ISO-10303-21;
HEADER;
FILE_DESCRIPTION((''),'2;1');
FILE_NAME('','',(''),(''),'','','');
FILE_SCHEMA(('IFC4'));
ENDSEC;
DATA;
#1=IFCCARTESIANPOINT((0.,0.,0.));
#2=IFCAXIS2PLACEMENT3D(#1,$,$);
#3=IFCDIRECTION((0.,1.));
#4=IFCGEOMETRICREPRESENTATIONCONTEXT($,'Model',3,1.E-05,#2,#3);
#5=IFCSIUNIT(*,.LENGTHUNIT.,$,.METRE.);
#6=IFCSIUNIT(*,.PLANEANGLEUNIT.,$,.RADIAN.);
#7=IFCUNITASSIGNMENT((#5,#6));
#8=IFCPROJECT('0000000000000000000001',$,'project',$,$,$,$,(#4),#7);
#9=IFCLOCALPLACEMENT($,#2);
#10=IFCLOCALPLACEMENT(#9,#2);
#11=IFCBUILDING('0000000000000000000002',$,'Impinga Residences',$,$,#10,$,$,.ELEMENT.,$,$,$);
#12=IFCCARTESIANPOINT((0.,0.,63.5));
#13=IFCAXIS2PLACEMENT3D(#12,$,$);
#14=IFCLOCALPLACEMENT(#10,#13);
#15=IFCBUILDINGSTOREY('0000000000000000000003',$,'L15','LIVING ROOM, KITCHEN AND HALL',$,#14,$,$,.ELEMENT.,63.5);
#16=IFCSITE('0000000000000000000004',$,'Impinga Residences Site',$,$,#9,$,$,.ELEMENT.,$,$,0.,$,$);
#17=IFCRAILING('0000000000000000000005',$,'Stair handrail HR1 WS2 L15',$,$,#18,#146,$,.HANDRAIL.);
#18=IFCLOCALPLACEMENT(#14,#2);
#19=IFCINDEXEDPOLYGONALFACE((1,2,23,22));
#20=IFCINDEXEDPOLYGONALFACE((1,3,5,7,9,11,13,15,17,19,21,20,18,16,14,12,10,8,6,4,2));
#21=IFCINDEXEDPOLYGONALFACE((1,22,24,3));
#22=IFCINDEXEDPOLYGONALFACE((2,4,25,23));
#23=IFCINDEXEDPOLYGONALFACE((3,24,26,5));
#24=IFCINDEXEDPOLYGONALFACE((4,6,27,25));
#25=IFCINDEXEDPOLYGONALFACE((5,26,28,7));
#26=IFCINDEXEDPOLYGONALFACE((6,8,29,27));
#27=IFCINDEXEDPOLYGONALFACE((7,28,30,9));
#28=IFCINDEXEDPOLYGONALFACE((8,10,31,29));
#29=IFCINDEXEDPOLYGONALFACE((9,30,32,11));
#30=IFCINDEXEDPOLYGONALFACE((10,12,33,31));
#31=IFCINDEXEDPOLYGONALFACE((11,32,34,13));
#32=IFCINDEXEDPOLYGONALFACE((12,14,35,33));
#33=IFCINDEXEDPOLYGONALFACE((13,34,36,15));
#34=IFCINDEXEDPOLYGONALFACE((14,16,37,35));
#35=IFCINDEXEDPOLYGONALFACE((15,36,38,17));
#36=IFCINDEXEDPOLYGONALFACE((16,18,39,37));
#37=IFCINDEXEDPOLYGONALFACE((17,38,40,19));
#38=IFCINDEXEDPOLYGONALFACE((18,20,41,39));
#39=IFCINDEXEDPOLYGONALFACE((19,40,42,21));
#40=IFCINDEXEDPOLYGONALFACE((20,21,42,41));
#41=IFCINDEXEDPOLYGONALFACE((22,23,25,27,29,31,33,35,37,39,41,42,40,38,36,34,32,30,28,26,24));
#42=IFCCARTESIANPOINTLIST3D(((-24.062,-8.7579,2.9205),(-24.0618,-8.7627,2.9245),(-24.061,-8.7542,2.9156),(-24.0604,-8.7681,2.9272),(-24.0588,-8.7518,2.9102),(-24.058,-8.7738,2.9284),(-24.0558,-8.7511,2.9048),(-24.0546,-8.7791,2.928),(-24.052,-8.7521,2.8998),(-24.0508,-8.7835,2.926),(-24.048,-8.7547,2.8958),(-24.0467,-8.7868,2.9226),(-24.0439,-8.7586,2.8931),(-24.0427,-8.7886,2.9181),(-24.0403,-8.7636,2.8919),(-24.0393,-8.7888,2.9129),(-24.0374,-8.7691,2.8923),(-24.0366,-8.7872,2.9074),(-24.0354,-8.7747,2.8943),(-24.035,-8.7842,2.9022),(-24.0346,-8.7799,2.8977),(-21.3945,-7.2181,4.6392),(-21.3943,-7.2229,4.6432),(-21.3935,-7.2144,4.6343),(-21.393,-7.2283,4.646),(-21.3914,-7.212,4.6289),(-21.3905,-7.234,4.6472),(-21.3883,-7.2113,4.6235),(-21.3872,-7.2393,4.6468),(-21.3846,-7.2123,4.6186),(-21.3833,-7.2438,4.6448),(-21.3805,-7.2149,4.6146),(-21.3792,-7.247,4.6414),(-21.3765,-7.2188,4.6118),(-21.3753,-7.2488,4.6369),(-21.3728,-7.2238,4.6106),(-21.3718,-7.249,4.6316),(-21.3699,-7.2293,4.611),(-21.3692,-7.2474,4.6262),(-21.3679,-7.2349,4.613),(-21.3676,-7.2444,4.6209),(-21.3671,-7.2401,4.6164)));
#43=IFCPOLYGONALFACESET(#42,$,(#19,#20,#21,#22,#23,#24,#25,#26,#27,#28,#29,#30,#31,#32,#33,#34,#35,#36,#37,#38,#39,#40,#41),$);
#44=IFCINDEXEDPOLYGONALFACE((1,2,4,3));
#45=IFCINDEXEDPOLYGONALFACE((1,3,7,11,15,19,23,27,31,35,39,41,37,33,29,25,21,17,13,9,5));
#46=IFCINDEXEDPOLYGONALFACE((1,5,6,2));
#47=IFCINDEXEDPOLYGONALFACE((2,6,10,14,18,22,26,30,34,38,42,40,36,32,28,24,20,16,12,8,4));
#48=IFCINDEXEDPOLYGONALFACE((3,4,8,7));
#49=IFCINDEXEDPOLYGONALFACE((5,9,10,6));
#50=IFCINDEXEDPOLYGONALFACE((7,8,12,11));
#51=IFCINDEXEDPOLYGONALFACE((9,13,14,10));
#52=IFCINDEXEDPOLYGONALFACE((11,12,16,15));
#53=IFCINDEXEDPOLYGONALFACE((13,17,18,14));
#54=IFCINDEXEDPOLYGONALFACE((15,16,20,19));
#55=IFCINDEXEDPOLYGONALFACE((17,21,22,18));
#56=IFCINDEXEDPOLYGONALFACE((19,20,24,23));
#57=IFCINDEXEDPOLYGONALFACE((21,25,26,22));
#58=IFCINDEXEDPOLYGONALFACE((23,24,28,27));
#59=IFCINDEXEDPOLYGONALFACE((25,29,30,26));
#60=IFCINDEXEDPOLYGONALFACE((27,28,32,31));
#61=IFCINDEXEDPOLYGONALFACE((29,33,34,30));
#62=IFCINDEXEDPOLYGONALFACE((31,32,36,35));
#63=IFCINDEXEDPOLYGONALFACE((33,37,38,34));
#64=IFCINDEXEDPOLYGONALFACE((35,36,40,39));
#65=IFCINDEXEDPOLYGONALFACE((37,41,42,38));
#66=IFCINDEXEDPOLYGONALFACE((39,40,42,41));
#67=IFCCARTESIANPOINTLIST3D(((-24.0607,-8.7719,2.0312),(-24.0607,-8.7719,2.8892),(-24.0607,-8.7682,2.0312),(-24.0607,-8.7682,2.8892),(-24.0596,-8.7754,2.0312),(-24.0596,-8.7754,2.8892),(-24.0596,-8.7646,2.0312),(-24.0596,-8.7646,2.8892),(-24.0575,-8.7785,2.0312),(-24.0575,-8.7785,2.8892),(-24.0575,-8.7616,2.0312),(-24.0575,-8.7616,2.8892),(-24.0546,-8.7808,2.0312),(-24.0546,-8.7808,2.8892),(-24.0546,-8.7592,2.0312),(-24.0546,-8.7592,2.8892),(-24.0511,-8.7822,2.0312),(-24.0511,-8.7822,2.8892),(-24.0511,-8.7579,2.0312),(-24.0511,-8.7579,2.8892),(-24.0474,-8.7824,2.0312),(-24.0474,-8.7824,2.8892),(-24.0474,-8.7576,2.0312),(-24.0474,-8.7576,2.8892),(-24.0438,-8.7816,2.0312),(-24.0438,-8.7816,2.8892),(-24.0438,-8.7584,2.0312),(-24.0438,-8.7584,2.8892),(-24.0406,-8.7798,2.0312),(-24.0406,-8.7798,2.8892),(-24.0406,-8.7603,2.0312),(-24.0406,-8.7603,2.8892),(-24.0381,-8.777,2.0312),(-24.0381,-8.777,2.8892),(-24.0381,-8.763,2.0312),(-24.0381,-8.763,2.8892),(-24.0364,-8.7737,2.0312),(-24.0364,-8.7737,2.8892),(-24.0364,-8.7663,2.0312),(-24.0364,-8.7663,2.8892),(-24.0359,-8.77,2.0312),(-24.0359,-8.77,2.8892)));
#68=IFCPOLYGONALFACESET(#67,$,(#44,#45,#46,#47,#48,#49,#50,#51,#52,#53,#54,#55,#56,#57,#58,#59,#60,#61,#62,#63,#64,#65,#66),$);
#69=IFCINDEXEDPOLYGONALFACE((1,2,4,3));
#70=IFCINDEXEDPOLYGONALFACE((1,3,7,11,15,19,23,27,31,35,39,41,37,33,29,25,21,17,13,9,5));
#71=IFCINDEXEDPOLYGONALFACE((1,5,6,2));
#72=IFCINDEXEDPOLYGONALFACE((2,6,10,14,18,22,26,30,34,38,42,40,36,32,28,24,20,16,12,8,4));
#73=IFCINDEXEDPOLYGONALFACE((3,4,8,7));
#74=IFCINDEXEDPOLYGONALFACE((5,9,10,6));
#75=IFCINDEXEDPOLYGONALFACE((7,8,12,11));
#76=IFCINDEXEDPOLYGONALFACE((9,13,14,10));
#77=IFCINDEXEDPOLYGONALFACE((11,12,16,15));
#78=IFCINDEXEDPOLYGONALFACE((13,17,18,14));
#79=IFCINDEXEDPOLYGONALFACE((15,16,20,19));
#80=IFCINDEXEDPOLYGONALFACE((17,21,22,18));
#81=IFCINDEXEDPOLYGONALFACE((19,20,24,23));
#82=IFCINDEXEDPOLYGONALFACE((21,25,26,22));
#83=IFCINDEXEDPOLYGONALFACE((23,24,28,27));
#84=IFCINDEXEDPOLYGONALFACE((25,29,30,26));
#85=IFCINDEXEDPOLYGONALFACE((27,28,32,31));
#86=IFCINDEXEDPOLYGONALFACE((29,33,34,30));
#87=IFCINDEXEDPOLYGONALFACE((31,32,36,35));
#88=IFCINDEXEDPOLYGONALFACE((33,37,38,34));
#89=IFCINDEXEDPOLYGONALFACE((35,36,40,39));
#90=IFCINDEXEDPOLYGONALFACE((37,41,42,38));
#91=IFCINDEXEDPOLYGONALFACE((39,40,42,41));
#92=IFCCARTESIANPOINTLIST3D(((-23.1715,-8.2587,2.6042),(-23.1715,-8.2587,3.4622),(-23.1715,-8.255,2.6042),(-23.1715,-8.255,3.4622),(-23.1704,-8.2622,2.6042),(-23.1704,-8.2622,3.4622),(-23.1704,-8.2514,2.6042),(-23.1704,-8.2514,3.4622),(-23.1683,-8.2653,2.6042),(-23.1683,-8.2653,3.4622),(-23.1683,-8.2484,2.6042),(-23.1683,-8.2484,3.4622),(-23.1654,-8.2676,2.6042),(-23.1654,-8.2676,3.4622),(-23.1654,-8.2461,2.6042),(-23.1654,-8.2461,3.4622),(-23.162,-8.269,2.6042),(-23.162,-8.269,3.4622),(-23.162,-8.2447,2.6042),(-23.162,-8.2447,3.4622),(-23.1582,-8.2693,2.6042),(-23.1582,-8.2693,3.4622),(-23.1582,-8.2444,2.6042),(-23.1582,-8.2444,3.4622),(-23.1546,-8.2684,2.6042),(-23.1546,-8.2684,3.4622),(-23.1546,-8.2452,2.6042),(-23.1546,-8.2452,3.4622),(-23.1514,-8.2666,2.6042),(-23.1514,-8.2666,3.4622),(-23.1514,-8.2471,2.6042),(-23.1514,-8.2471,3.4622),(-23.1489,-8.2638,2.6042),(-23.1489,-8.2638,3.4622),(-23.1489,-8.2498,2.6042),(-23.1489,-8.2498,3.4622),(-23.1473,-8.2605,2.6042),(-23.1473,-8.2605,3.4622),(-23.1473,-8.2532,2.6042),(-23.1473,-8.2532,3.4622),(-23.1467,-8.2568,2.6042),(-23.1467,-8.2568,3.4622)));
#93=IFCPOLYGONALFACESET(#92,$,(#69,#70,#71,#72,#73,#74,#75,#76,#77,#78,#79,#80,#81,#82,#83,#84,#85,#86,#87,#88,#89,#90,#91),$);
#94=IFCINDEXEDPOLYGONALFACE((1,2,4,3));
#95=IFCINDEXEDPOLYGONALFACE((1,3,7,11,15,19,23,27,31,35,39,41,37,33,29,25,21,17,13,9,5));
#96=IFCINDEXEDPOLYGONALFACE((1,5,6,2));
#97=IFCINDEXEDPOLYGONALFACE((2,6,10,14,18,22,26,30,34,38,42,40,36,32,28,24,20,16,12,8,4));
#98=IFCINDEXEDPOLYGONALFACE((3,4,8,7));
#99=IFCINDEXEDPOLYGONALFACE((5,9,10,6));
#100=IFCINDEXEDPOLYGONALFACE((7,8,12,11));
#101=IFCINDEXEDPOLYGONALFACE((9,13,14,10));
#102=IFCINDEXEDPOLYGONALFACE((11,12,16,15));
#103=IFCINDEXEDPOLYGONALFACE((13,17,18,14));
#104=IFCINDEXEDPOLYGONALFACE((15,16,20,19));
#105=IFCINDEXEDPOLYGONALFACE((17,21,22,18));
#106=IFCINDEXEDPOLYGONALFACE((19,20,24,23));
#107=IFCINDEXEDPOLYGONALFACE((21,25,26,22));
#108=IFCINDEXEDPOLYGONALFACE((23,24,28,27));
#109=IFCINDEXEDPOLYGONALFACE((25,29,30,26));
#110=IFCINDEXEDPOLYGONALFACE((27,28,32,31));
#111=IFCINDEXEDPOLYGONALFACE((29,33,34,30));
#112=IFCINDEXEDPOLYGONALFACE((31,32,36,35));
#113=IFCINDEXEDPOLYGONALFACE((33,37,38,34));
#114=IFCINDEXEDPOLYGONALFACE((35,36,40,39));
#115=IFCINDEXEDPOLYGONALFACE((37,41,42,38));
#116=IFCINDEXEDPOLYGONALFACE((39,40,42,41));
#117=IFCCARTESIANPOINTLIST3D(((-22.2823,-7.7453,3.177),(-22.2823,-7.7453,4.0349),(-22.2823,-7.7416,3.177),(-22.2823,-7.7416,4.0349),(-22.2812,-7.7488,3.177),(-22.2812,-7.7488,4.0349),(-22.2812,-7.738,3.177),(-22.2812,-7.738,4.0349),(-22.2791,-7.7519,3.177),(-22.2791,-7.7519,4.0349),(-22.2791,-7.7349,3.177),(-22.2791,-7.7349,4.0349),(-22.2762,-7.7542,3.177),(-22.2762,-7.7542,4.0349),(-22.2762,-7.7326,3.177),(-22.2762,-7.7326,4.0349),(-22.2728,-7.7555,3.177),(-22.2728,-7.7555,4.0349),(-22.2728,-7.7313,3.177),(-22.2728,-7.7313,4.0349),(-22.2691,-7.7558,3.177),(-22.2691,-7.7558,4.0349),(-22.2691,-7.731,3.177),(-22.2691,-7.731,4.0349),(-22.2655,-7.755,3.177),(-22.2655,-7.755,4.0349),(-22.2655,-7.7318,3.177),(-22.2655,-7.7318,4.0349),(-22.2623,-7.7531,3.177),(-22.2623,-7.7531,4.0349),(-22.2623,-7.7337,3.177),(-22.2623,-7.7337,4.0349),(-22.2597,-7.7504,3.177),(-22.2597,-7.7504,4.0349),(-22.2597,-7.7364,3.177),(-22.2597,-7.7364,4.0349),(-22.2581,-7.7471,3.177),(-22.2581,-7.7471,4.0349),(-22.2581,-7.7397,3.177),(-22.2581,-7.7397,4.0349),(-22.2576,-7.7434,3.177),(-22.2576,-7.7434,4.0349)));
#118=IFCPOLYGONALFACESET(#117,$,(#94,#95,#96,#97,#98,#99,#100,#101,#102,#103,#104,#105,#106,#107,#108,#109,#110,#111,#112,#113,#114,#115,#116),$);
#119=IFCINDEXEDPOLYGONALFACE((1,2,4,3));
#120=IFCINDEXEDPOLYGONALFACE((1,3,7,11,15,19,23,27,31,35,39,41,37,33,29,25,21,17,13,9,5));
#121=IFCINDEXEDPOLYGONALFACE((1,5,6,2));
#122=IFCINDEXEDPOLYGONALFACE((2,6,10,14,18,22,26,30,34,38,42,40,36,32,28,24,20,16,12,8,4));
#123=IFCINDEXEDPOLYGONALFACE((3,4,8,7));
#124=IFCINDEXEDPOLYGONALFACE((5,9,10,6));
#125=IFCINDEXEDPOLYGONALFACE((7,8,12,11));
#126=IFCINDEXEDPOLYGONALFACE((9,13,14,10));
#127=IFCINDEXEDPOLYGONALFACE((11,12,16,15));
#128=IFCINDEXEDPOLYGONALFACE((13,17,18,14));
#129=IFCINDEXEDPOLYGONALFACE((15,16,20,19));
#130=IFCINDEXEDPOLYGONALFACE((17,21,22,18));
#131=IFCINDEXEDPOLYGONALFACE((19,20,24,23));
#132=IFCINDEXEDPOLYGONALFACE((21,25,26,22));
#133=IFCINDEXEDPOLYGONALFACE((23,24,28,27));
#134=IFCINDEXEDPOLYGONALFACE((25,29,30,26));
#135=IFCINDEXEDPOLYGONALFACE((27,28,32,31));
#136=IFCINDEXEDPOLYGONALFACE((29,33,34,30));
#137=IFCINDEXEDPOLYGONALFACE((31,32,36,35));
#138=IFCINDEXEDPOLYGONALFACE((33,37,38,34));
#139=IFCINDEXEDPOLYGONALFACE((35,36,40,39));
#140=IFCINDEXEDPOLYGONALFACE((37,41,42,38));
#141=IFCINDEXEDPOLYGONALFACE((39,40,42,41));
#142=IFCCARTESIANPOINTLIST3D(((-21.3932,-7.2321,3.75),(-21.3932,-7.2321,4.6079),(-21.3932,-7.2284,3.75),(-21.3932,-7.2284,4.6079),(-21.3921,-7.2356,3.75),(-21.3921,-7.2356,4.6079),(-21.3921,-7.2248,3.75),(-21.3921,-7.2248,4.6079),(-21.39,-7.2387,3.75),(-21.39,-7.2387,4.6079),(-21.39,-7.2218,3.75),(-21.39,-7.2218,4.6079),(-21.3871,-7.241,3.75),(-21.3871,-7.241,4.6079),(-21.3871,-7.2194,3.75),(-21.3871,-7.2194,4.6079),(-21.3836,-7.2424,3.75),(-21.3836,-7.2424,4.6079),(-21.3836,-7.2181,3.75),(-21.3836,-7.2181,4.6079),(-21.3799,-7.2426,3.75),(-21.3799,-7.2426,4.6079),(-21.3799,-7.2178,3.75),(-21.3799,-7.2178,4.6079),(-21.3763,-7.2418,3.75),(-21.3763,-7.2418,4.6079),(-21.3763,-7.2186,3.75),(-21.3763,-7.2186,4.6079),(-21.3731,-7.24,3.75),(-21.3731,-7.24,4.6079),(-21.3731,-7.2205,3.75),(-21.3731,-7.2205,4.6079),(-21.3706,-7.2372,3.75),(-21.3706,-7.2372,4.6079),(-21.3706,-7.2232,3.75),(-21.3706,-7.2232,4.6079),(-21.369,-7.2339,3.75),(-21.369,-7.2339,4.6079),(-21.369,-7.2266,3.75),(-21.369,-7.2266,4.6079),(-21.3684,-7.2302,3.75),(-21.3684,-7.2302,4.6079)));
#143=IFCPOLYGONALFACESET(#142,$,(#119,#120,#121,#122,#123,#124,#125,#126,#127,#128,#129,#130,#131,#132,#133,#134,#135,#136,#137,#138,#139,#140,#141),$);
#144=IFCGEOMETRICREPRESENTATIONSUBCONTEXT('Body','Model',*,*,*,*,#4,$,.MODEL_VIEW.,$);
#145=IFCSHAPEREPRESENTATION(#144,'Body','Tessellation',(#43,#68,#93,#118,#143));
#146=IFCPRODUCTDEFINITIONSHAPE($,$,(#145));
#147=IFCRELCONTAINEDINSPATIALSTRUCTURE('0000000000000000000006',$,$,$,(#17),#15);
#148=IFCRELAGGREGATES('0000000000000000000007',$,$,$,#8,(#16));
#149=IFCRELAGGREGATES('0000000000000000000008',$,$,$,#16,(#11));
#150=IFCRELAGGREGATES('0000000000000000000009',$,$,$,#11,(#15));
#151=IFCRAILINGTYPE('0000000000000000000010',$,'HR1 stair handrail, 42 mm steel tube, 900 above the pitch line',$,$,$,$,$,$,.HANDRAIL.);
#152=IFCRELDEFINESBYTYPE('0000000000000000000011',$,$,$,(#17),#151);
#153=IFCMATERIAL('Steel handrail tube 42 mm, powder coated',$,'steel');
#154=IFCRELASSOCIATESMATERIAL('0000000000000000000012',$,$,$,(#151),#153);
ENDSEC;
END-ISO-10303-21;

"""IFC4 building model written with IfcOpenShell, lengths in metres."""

from ifc_helpers import new_model, si_unit, direction, frame, origin, origin_2d, place, context, subcontext, project, spatial, circle, extrude, material, type_object, element, save


model = new_model("IFC4")

# Units and contexts
model_context = context("Model", 3, precision=1e-05, world=origin(), true_north=direction((0.0, 1.0)))
body_context = subcontext(model_context, "Body", "Model", "MODEL_VIEW")
ifc_project = project(units=[si_unit("LENGTHUNIT", "METRE"), si_unit("PLANEANGLEUNIT", "RADIAN")], contexts=[model_context])

# Site, building, storey
site_placement = place(None, origin())
site = spatial("IfcSite", under=ifc_project, at=site_placement, Name="Impinga Residences Site", CompositionType="ELEMENT", RefElevation=0.0)
building_placement = place(site_placement, origin())
building = spatial("IfcBuilding", under=site, at=building_placement, Name="Impinga Residences", CompositionType="ELEMENT")
storey_placement = place(building_placement, frame((0.0, 0.0, 63.5)))
storey = spatial("IfcBuildingStorey", under=building, at=storey_placement, Name="L15", Description="LIVING ROOM, KITCHEN AND HALL", CompositionType="ELEMENT", Elevation=63.5)

# Railing
ifc_material_1 = material(Name="Steel handrail tube 42 mm, powder coated", Category="steel")
railing_type_1 = type_object("IfcRailingType", Name="HR1 stair handrail, 42 mm steel tube, 900 above the pitch line", PredefinedType="HANDRAIL", material=ifc_material_1)
railing_1_placement = place(storey_placement, frame((-24.0483, -8.77, 2.0312)))
element("IfcRailing", 1, at=railing_1_placement, inside=storey, type_object=railing_type_1, Name="Stair handrail HR1 WS2 L15", PredefinedType="HANDRAIL", context=body_context, shape_type="SweptSolid", body=[
    extrude(circle(Radius=0.021, at=origin_2d()), frame((0.0, 0.0, 0.8789), z_axis=(0.756279, 0.43656, 0.487297), x_axis=(-0.499933, 0.866064, 0.0)), (0.0, 0.0, 1.0), 3.5271),
    extrude(circle(Radius=0.0125, at=origin_2d()), origin(), (0.0, 0.0, 1.0), 0.8579),
    extrude(circle(Radius=0.0125, at=origin_2d()), frame((0.8892, 0.5132, 0.573)), (0.0, 0.0, 1.0), 0.8579),
    extrude(circle(Radius=0.0125, at=origin_2d()), frame((1.7783, 1.0266, 1.1458)), (0.0, 0.0, 1.0), 0.8579),
    extrude(circle(Radius=0.0125, at=origin_2d()), frame((2.6675, 1.5398, 1.7188)), (0.0, 0.0, 1.0), 0.8579),
])

save(model, "model.ifc")
